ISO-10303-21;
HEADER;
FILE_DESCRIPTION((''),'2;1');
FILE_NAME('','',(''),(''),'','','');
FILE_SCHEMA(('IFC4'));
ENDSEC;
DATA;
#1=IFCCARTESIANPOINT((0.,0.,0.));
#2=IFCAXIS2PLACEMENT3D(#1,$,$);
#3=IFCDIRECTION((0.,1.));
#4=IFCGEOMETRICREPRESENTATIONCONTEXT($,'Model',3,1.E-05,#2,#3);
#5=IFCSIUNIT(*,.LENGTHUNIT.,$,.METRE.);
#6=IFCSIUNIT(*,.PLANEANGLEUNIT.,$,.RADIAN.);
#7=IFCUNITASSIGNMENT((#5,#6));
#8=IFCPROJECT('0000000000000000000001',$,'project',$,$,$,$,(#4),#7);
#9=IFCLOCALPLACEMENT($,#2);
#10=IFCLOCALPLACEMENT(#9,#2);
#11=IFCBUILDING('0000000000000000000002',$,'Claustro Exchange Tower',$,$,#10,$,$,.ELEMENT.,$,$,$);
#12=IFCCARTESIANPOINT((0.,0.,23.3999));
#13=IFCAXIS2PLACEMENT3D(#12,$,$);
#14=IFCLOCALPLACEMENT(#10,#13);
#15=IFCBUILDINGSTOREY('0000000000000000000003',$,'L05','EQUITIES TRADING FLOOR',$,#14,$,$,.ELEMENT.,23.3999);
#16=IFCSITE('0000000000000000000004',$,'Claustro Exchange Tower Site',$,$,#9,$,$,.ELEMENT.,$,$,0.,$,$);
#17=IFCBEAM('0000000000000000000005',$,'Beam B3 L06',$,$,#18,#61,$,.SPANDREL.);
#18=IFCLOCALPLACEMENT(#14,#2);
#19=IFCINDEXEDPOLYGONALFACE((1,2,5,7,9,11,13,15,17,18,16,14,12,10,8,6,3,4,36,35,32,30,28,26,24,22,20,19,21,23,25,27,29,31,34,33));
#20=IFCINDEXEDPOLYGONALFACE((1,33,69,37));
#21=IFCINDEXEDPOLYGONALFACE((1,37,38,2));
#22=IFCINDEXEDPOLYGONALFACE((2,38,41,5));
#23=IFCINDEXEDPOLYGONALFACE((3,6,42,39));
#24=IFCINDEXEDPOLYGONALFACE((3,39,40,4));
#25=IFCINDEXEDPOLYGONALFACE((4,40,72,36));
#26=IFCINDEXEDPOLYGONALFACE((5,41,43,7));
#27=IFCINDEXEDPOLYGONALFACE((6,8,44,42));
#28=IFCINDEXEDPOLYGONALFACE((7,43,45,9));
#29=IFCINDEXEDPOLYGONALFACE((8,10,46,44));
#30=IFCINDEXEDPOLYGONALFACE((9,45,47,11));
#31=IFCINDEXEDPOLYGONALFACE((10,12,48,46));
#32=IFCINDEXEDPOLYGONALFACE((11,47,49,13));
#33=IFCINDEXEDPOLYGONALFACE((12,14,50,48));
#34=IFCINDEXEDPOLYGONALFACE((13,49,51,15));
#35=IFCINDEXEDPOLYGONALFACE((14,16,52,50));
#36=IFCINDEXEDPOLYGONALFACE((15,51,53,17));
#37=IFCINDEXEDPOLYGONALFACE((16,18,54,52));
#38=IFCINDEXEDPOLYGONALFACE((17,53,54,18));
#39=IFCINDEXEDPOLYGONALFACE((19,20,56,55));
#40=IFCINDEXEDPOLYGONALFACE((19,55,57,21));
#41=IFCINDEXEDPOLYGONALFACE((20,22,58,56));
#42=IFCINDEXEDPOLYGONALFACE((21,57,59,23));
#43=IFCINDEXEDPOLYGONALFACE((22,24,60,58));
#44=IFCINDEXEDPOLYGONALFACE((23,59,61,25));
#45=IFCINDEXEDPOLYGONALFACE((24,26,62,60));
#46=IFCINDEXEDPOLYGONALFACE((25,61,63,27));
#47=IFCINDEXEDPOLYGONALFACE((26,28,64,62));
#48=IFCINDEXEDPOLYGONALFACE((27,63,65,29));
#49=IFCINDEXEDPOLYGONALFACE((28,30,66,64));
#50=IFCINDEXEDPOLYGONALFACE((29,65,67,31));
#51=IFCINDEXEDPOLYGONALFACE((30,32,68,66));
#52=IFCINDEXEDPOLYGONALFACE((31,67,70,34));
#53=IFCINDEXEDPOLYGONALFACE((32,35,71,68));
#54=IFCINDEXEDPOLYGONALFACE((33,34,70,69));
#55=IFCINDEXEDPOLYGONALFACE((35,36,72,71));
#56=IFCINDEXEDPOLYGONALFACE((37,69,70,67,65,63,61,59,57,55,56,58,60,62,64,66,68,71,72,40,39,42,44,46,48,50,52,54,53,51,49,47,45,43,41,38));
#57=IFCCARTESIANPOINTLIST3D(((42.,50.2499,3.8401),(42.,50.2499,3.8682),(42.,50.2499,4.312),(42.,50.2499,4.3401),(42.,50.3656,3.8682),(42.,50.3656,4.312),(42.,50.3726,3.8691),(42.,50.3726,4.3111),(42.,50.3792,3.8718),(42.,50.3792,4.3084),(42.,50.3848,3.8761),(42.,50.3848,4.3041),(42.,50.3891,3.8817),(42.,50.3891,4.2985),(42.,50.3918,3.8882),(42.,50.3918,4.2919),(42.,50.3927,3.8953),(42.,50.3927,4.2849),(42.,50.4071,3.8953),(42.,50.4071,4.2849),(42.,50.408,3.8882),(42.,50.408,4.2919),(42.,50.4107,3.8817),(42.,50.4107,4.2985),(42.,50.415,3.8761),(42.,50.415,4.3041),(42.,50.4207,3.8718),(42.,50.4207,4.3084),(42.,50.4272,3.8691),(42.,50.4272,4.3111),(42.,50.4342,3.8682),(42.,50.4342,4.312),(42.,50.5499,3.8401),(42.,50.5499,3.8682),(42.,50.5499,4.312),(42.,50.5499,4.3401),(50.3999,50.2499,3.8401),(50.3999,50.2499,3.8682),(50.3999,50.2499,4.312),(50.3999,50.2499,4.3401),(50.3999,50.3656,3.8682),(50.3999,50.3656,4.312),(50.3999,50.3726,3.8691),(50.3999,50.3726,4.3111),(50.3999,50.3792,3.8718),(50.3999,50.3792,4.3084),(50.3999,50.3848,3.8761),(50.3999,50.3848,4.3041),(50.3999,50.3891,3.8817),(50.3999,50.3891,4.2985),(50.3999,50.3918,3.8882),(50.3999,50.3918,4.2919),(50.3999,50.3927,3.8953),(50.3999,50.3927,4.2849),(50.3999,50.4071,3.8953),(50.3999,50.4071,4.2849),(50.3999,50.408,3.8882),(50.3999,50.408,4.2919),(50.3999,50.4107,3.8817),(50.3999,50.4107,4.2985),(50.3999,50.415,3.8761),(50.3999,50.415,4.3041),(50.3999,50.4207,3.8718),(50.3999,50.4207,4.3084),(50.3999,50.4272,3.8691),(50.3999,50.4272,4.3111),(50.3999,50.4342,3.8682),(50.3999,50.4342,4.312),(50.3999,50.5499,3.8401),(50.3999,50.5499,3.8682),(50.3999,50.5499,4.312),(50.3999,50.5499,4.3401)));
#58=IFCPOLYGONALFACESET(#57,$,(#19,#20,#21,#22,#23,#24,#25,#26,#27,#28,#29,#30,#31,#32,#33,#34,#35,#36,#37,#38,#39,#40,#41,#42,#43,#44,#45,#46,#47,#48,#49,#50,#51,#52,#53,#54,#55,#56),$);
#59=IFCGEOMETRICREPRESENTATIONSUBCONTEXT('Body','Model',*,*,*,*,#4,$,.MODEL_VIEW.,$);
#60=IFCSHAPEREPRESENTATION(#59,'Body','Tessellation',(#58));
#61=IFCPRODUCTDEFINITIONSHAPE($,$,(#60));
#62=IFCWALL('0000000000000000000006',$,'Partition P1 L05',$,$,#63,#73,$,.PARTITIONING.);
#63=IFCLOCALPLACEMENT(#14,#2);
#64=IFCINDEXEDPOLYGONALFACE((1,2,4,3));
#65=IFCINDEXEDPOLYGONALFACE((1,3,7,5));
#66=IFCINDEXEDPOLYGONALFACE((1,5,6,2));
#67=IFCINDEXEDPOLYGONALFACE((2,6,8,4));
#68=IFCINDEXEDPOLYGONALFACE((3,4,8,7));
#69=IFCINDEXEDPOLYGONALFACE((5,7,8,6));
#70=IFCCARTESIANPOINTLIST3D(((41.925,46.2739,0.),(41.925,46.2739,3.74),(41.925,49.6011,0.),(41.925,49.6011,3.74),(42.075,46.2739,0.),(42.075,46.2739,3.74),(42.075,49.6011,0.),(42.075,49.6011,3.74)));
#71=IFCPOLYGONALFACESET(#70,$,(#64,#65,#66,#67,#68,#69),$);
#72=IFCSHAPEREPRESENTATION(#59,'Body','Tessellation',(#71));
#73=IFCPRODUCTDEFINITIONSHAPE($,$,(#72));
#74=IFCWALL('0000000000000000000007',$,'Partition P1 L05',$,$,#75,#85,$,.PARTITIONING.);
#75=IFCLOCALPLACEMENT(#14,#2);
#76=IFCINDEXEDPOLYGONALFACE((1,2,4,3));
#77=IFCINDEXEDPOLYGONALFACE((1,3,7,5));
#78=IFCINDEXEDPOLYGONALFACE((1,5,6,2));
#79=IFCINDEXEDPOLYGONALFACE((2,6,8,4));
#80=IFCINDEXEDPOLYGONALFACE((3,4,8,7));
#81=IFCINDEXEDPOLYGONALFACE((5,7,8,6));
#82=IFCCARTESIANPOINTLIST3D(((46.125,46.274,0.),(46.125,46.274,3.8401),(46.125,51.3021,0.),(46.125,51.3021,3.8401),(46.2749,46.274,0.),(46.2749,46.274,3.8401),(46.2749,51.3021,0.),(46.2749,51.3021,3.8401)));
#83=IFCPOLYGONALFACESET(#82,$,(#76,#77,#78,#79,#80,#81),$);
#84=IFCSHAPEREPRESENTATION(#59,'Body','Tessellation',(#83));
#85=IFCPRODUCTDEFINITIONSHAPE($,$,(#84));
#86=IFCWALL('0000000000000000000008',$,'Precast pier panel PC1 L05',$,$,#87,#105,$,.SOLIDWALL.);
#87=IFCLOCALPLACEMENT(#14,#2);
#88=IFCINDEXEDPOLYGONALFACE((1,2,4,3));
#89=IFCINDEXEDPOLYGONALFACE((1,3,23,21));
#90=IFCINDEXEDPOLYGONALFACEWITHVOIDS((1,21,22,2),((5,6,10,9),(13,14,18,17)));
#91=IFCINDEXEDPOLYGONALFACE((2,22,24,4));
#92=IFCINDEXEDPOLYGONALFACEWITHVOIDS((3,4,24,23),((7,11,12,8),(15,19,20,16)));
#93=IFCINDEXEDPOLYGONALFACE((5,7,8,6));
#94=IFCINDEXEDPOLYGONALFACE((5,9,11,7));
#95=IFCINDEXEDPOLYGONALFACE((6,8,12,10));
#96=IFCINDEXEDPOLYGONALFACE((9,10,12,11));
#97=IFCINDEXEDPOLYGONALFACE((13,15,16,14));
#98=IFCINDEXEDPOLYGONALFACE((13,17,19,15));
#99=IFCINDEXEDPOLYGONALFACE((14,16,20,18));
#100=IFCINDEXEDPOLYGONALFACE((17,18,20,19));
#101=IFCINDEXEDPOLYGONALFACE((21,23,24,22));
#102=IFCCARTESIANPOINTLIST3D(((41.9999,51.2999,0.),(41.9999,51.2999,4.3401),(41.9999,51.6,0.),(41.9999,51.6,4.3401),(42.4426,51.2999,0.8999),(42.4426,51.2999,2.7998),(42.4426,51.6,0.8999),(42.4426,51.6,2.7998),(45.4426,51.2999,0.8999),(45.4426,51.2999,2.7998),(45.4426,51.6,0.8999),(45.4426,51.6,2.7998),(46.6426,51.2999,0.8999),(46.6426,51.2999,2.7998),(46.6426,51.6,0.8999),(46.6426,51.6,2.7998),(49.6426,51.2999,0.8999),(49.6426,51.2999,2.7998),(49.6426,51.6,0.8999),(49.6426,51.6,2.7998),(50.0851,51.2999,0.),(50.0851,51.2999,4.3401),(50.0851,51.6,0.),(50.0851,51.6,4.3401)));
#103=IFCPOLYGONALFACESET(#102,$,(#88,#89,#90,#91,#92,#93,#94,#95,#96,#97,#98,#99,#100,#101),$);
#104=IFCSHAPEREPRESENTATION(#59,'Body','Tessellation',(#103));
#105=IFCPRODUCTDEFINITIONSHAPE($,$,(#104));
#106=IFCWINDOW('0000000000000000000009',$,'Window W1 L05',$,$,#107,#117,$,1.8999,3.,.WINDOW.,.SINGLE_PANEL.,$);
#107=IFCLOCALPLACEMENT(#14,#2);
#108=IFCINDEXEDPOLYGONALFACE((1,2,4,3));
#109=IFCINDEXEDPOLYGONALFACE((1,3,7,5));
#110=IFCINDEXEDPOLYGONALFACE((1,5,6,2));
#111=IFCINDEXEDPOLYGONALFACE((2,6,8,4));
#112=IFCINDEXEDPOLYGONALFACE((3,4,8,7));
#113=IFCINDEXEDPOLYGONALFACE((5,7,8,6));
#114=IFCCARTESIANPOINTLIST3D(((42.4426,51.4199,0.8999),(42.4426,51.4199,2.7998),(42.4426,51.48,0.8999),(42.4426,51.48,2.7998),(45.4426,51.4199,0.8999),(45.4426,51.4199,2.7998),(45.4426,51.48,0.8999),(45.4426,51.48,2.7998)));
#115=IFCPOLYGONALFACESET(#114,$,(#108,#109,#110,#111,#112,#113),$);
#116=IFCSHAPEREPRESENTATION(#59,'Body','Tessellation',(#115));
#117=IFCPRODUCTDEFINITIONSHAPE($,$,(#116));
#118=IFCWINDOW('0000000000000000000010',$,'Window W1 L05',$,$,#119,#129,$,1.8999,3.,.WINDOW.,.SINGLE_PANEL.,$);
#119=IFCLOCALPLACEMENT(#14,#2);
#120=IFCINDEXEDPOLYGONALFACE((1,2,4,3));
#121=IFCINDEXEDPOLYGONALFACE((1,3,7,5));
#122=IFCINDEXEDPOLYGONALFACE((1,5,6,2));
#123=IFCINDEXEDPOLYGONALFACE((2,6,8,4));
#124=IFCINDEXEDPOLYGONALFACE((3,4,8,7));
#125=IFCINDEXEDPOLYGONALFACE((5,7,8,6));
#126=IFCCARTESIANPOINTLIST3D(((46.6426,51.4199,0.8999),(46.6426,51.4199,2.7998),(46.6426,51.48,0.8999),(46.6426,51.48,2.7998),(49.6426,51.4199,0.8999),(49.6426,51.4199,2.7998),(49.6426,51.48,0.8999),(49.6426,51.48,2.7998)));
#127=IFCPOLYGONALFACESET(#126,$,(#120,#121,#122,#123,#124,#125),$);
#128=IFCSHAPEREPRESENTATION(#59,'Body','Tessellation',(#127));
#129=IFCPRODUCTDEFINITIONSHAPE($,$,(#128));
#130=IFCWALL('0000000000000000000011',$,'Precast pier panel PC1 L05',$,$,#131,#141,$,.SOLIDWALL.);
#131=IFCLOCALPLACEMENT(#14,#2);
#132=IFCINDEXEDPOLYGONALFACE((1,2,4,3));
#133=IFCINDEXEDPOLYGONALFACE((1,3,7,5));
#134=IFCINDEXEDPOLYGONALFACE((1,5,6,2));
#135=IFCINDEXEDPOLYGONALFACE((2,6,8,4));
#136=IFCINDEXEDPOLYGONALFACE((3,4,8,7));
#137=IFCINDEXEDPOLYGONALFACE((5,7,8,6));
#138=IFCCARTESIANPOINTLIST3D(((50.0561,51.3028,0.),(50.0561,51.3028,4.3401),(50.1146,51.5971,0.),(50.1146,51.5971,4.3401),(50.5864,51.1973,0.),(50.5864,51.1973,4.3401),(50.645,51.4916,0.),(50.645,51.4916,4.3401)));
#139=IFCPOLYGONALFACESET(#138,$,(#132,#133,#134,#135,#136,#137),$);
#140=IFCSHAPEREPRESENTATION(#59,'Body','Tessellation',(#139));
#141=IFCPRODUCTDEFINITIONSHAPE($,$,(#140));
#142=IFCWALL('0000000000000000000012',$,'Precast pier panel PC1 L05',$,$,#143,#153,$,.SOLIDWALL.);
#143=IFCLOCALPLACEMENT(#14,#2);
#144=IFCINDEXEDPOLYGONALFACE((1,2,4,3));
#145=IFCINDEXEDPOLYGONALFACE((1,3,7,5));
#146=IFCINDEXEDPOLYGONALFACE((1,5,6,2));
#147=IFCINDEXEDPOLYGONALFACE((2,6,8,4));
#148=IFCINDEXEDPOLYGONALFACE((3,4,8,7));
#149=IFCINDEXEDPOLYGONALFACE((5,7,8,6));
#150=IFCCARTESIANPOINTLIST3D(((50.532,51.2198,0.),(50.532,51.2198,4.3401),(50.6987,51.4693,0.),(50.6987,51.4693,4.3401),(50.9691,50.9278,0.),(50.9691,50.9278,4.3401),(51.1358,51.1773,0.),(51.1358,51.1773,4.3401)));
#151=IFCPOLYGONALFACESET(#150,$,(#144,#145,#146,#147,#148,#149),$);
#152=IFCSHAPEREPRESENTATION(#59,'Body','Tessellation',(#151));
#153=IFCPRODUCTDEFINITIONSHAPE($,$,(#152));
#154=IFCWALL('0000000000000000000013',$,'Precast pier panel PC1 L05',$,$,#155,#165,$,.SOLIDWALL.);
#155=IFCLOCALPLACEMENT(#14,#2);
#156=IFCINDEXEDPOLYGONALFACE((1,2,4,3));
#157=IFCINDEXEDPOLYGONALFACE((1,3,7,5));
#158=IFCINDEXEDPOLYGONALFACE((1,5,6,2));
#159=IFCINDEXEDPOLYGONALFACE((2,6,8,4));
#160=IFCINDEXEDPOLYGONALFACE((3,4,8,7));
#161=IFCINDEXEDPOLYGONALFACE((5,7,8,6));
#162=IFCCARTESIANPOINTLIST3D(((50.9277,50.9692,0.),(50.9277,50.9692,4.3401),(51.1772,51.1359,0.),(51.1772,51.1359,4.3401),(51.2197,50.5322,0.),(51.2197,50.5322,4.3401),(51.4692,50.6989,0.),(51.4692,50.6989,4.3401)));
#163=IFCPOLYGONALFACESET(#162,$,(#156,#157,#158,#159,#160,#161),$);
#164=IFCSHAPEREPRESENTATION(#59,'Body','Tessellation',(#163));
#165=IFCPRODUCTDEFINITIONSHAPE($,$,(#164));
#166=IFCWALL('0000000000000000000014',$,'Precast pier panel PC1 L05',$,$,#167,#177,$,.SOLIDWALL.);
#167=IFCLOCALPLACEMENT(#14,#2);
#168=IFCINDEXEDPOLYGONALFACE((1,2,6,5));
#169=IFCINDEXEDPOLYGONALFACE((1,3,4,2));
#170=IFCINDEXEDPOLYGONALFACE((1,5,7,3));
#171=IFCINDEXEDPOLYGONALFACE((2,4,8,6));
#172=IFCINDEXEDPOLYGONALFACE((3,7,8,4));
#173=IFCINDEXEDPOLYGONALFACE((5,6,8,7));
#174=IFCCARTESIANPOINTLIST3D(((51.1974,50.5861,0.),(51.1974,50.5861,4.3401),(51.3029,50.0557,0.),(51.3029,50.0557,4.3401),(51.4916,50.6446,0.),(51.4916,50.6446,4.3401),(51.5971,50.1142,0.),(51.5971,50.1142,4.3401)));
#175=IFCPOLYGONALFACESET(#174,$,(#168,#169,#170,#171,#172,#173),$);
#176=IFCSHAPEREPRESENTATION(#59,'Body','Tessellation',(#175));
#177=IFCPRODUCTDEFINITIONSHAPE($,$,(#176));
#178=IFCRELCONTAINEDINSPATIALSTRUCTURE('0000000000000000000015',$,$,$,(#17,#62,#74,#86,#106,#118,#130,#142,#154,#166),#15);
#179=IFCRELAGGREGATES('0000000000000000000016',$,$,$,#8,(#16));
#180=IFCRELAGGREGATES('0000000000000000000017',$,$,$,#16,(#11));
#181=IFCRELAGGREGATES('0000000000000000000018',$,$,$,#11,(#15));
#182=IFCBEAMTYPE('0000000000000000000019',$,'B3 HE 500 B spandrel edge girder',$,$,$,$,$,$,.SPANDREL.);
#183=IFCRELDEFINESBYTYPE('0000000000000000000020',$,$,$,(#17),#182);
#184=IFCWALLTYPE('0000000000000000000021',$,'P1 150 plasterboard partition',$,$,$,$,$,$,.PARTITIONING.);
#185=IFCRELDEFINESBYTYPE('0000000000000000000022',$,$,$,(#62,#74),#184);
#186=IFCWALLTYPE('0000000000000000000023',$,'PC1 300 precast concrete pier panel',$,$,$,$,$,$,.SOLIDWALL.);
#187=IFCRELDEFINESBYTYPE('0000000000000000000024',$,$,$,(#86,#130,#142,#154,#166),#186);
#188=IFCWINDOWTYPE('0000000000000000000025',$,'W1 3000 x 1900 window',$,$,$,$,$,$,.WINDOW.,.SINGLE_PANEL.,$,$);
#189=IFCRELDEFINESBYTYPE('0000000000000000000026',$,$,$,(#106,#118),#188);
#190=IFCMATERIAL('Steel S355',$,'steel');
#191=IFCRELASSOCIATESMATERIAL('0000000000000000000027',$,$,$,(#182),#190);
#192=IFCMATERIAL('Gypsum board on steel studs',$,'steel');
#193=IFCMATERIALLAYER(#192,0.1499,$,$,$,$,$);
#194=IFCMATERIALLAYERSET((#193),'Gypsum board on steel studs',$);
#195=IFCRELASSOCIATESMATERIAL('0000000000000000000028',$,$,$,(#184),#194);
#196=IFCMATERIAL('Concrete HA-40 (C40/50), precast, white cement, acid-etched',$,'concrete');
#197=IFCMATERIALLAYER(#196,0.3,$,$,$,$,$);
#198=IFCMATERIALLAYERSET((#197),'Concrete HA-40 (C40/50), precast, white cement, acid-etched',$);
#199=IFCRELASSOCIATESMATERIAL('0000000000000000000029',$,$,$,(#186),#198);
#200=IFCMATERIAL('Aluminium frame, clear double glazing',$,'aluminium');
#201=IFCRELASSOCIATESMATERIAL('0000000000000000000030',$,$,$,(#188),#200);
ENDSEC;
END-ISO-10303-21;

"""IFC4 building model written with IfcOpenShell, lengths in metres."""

from ifc_helpers import new_model, si_unit, direction, frame, frame_2d, origin, origin_2d, place, context, subcontext, project, spatial, rectangle, i_section, extrude, material, layer, layer_set, material_profile, profile_set, type_object, element, fill, save


model = new_model("IFC4")

# Units and contexts
model_context = context("Model", 3, precision=1e-05, world=origin(), true_north=direction((0.0, 1.0)))
body_context = subcontext(model_context, "Body", "Model", "MODEL_VIEW")
ifc_project = project(units=[si_unit("LENGTHUNIT", "METRE"), si_unit("PLANEANGLEUNIT", "RADIAN")], contexts=[model_context])

# Site, building, storey
site_placement = place(None, origin())
site = spatial("IfcSite", under=ifc_project, at=site_placement, Name="Claustro Exchange Tower Site", CompositionType="ELEMENT", RefElevation=0.0)
building_placement = place(site_placement, origin())
building = spatial("IfcBuilding", under=site, at=building_placement, Name="Claustro Exchange Tower", CompositionType="ELEMENT")
storey_placement = place(building_placement, frame((0.0, 0.0, 23.3999)))
storey = spatial("IfcBuildingStorey", under=building, at=storey_placement, Name="L05", Description="EQUITIES TRADING FLOOR", CompositionType="ELEMENT", Elevation=23.3999)

# Beam
ifc_material_1 = material(Name="Steel S355", Category="steel")
ifc_material_profile_1 = material_profile(ifc_material_1, i_section(OverallWidth=0.3, OverallDepth=0.5, WebThickness=0.0144, FlangeThickness=0.0281, FilletRadius=0.0271, at=origin_2d()), Name="HE 500 B")
ifc_profile_set_1 = profile_set([ifc_material_profile_1], Name="Steel S355")
beam_type_1 = type_object("IfcBeamType", Name="B3 HE 500 B spandrel edge girder", PredefinedType="SPANDREL", material=ifc_profile_set_1)
for number, where, z_axis, x_axis, name in (
    (1, (42.0, 50.3999, 4.0901), (1.0, 0.0, 0.0), (0.0, 1.0, 0.0), "Beam B3 L06"),
):
    element("IfcBeam", number, at=place(storey_placement, frame(where, z_axis=z_axis, x_axis=x_axis)), inside=storey, type_object=beam_type_1, Name=name, PredefinedType="SPANDREL", context=body_context, shape_type="SweptSolid", body=[
        extrude(i_section(OverallWidth=0.3, OverallDepth=0.5, WebThickness=0.0144, FlangeThickness=0.0281, FilletRadius=0.0271, at=origin_2d()), origin(), (0.0, 0.0, 1.0), 8.3999),
    ])

# Walls
ifc_material_2 = material(Name="Gypsum board on steel studs", Category="steel")
ifc_layer_1 = layer(ifc_material_2, 0.1499)
ifc_layer_set_1 = layer_set([ifc_layer_1], Name="Gypsum board on steel studs")
wall_type_1 = type_object("IfcWallType", Name="P1 150 plasterboard partition", PredefinedType="PARTITIONING", material=ifc_layer_set_1)
wall_1_placement = place(storey_placement, frame((42.0, 46.2739, 0.0), z_axis=(0.0, 0.0, 1.0), x_axis=(0.0, 1.0, 0.0)))
element("IfcWall", 2, at=wall_1_placement, inside=storey, type_object=wall_type_1, Name="Partition P1 L05", PredefinedType="PARTITIONING", context=body_context, shape_type="SweptSolid", body=[
    extrude(rectangle(XDim=3.3271, YDim=0.1499, at=frame_2d((1.6636, 0.0))), origin(), (0.0, 0.0, 1.0), 3.74),
])
wall_2_placement = place(storey_placement, frame((46.2, 46.2739, 0.0), z_axis=(0.0, 0.0, 1.0), x_axis=(0.0, 1.0, 0.0)))
element("IfcWall", 3, at=wall_2_placement, inside=storey, type_object=wall_type_1, Name="Partition P1 L05", PredefinedType="PARTITIONING", context=body_context, shape_type="SweptSolid", body=[
    extrude(rectangle(XDim=5.0281, YDim=0.1499, at=frame_2d((2.5142, 0.0))), origin(), (0.0, 0.0, 1.0), 3.8401),
])

# Wall, openings, windows
ifc_material_3 = material(Name="Concrete HA-40 (C40/50), precast, white cement, acid-etched", Category="concrete")
ifc_layer_2 = layer(ifc_material_3, 0.3)
ifc_layer_set_2 = layer_set([ifc_layer_2], Name="Concrete HA-40 (C40/50), precast, white cement, acid-etched")
wall_type_2 = type_object("IfcWallType", Name="PC1 300 precast concrete pier panel", PredefinedType="SOLIDWALL", material=ifc_layer_set_2)
wall_3_placement = place(storey_placement, frame((42.0, 51.45, 0.0), z_axis=(0.0, 0.0, 1.0), x_axis=(1.0, 0.0, 0.0)))
wall_3 = element("IfcWall", 4, at=wall_3_placement, inside=storey, type_object=wall_type_2, Name="Precast pier panel PC1 L05", PredefinedType="SOLIDWALL", context=body_context, shape_type="SweptSolid", body=[
    extrude(rectangle(XDim=8.0852, YDim=0.3, at=frame_2d((4.0425, 0.0))), origin(), (0.0, 0.0, 1.0), 4.3401),
])
opening_1_placement = place(wall_3_placement, frame((0.4426, 0.0, 0.8999)))
opening_1 = element("IfcOpeningElement", 5, at=opening_1_placement, cuts=wall_3, PredefinedType="OPENING", context=body_context, shape_type="SweptSolid", body=[
    extrude(rectangle(XDim=3.0, YDim=1.8999, at=frame_2d((1.5, 0.95))), frame((0.0, 0.1599, 0.0), z_axis=(0.0, -1.0, 0.0), x_axis=(1.0, 0.0, 0.0)), (0.0, 0.0, 1.0), 0.3201),
])
opening_2_placement = place(wall_3_placement, frame((4.6426, 0.0, 0.8999)))
opening_2 = element("IfcOpeningElement", 6, at=opening_2_placement, cuts=wall_3, PredefinedType="OPENING", context=body_context, shape_type="SweptSolid", body=[
    extrude(rectangle(XDim=3.0, YDim=1.8999, at=frame_2d((1.5, 0.95))), frame((0.0, 0.1599, 0.0), z_axis=(0.0, -1.0, 0.0), x_axis=(1.0, 0.0, 0.0)), (0.0, 0.0, 1.0), 0.3201),
])
ifc_material_4 = material(Name="Aluminium frame, clear double glazing", Category="aluminium")
window_type_1 = type_object("IfcWindowType", Name="W1 3000 x 1900 window", PartitioningType="SINGLE_PANEL", PredefinedType="WINDOW", material=ifc_material_4)
window_1_placement = place(opening_1_placement, origin())
window_1 = element("IfcWindow", 7, at=window_1_placement, inside=storey, type_object=window_type_1, Name="Window W1 L05", OverallHeight=1.8999, OverallWidth=3.0, PartitioningType="SINGLE_PANEL", PredefinedType="WINDOW", context=body_context, shape_type="SweptSolid", body=[
    extrude(rectangle(XDim=3.0, YDim=1.8999, at=frame_2d((1.5, 0.95))), frame((0.0, 0.03, 0.0), z_axis=(0.0, -1.0, 0.0), x_axis=(1.0, 0.0, 0.0)), (0.0, 0.0, 1.0), 0.0601),
])
fill(opening_1, window_1)
window_2_placement = place(opening_2_placement, origin())
window_2 = element("IfcWindow", 8, at=window_2_placement, inside=storey, type_object=window_type_1, Name="Window W1 L05", OverallHeight=1.8999, OverallWidth=3.0, PartitioningType="SINGLE_PANEL", PredefinedType="WINDOW", context=body_context, shape_type="SweptSolid", body=[
    extrude(rectangle(XDim=3.0, YDim=1.8999, at=frame_2d((1.5, 0.95))), frame((0.0, 0.03, 0.0), z_axis=(0.0, -1.0, 0.0), x_axis=(1.0, 0.0, 0.0)), (0.0, 0.0, 1.0), 0.0601),
])
fill(opening_2, window_2)

# Walls
wall_4_placement = place(storey_placement, frame((50.0852, 51.45, 0.0), z_axis=(0.0, 0.0, 1.0), x_axis=(0.980789, -0.195074, 0.0)))
element("IfcWall", 9, at=wall_4_placement, inside=storey, type_object=wall_type_2, Name="Precast pier panel PC1 L05", PredefinedType="SOLIDWALL", context=body_context, shape_type="SweptSolid", body=[
    extrude(rectangle(XDim=0.5408, YDim=0.3, at=frame_2d((0.2705, 0.0))), origin(), (0.0, 0.0, 1.0), 4.3401),
])
for number, where, z_axis, x_axis, name in (
    (10, (50.6155, 51.3445, 0.0), (0.0, 0.0, 1.0), (0.831478, -0.555557, 0.0), "Precast pier panel PC1 L05"),
    (11, (51.0525, 51.0525, 0.0), (0.0, 0.0, 1.0), (0.555557, -0.831478, 0.0), "Precast pier panel PC1 L05"),
):
    element("IfcWall", number, at=place(storey_placement, frame(where, z_axis=z_axis, x_axis=x_axis)), inside=storey, type_object=wall_type_2, Name=name, PredefinedType="SOLIDWALL", context=body_context, shape_type="SweptSolid", body=[
        extrude(rectangle(XDim=0.5256, YDim=0.3, at=frame_2d((0.2627, 0.0))), origin(), (0.0, 0.0, 1.0), 4.3401),
    ])
wall_5_placement = place(storey_placement, frame((51.3445, 50.6155, 0.0), z_axis=(0.0, 0.0, 1.0), x_axis=(0.195074, -0.980789, 0.0)))
element("IfcWall", 12, at=wall_5_placement, inside=storey, type_object=wall_type_2, Name="Precast pier panel PC1 L05", PredefinedType="SOLIDWALL", context=body_context, shape_type="SweptSolid", body=[
    extrude(rectangle(XDim=0.5408, YDim=0.3, at=frame_2d((0.2705, 0.0))), origin(), (0.0, 0.0, 1.0), 4.3401),
])

save(model, "model.ifc")
